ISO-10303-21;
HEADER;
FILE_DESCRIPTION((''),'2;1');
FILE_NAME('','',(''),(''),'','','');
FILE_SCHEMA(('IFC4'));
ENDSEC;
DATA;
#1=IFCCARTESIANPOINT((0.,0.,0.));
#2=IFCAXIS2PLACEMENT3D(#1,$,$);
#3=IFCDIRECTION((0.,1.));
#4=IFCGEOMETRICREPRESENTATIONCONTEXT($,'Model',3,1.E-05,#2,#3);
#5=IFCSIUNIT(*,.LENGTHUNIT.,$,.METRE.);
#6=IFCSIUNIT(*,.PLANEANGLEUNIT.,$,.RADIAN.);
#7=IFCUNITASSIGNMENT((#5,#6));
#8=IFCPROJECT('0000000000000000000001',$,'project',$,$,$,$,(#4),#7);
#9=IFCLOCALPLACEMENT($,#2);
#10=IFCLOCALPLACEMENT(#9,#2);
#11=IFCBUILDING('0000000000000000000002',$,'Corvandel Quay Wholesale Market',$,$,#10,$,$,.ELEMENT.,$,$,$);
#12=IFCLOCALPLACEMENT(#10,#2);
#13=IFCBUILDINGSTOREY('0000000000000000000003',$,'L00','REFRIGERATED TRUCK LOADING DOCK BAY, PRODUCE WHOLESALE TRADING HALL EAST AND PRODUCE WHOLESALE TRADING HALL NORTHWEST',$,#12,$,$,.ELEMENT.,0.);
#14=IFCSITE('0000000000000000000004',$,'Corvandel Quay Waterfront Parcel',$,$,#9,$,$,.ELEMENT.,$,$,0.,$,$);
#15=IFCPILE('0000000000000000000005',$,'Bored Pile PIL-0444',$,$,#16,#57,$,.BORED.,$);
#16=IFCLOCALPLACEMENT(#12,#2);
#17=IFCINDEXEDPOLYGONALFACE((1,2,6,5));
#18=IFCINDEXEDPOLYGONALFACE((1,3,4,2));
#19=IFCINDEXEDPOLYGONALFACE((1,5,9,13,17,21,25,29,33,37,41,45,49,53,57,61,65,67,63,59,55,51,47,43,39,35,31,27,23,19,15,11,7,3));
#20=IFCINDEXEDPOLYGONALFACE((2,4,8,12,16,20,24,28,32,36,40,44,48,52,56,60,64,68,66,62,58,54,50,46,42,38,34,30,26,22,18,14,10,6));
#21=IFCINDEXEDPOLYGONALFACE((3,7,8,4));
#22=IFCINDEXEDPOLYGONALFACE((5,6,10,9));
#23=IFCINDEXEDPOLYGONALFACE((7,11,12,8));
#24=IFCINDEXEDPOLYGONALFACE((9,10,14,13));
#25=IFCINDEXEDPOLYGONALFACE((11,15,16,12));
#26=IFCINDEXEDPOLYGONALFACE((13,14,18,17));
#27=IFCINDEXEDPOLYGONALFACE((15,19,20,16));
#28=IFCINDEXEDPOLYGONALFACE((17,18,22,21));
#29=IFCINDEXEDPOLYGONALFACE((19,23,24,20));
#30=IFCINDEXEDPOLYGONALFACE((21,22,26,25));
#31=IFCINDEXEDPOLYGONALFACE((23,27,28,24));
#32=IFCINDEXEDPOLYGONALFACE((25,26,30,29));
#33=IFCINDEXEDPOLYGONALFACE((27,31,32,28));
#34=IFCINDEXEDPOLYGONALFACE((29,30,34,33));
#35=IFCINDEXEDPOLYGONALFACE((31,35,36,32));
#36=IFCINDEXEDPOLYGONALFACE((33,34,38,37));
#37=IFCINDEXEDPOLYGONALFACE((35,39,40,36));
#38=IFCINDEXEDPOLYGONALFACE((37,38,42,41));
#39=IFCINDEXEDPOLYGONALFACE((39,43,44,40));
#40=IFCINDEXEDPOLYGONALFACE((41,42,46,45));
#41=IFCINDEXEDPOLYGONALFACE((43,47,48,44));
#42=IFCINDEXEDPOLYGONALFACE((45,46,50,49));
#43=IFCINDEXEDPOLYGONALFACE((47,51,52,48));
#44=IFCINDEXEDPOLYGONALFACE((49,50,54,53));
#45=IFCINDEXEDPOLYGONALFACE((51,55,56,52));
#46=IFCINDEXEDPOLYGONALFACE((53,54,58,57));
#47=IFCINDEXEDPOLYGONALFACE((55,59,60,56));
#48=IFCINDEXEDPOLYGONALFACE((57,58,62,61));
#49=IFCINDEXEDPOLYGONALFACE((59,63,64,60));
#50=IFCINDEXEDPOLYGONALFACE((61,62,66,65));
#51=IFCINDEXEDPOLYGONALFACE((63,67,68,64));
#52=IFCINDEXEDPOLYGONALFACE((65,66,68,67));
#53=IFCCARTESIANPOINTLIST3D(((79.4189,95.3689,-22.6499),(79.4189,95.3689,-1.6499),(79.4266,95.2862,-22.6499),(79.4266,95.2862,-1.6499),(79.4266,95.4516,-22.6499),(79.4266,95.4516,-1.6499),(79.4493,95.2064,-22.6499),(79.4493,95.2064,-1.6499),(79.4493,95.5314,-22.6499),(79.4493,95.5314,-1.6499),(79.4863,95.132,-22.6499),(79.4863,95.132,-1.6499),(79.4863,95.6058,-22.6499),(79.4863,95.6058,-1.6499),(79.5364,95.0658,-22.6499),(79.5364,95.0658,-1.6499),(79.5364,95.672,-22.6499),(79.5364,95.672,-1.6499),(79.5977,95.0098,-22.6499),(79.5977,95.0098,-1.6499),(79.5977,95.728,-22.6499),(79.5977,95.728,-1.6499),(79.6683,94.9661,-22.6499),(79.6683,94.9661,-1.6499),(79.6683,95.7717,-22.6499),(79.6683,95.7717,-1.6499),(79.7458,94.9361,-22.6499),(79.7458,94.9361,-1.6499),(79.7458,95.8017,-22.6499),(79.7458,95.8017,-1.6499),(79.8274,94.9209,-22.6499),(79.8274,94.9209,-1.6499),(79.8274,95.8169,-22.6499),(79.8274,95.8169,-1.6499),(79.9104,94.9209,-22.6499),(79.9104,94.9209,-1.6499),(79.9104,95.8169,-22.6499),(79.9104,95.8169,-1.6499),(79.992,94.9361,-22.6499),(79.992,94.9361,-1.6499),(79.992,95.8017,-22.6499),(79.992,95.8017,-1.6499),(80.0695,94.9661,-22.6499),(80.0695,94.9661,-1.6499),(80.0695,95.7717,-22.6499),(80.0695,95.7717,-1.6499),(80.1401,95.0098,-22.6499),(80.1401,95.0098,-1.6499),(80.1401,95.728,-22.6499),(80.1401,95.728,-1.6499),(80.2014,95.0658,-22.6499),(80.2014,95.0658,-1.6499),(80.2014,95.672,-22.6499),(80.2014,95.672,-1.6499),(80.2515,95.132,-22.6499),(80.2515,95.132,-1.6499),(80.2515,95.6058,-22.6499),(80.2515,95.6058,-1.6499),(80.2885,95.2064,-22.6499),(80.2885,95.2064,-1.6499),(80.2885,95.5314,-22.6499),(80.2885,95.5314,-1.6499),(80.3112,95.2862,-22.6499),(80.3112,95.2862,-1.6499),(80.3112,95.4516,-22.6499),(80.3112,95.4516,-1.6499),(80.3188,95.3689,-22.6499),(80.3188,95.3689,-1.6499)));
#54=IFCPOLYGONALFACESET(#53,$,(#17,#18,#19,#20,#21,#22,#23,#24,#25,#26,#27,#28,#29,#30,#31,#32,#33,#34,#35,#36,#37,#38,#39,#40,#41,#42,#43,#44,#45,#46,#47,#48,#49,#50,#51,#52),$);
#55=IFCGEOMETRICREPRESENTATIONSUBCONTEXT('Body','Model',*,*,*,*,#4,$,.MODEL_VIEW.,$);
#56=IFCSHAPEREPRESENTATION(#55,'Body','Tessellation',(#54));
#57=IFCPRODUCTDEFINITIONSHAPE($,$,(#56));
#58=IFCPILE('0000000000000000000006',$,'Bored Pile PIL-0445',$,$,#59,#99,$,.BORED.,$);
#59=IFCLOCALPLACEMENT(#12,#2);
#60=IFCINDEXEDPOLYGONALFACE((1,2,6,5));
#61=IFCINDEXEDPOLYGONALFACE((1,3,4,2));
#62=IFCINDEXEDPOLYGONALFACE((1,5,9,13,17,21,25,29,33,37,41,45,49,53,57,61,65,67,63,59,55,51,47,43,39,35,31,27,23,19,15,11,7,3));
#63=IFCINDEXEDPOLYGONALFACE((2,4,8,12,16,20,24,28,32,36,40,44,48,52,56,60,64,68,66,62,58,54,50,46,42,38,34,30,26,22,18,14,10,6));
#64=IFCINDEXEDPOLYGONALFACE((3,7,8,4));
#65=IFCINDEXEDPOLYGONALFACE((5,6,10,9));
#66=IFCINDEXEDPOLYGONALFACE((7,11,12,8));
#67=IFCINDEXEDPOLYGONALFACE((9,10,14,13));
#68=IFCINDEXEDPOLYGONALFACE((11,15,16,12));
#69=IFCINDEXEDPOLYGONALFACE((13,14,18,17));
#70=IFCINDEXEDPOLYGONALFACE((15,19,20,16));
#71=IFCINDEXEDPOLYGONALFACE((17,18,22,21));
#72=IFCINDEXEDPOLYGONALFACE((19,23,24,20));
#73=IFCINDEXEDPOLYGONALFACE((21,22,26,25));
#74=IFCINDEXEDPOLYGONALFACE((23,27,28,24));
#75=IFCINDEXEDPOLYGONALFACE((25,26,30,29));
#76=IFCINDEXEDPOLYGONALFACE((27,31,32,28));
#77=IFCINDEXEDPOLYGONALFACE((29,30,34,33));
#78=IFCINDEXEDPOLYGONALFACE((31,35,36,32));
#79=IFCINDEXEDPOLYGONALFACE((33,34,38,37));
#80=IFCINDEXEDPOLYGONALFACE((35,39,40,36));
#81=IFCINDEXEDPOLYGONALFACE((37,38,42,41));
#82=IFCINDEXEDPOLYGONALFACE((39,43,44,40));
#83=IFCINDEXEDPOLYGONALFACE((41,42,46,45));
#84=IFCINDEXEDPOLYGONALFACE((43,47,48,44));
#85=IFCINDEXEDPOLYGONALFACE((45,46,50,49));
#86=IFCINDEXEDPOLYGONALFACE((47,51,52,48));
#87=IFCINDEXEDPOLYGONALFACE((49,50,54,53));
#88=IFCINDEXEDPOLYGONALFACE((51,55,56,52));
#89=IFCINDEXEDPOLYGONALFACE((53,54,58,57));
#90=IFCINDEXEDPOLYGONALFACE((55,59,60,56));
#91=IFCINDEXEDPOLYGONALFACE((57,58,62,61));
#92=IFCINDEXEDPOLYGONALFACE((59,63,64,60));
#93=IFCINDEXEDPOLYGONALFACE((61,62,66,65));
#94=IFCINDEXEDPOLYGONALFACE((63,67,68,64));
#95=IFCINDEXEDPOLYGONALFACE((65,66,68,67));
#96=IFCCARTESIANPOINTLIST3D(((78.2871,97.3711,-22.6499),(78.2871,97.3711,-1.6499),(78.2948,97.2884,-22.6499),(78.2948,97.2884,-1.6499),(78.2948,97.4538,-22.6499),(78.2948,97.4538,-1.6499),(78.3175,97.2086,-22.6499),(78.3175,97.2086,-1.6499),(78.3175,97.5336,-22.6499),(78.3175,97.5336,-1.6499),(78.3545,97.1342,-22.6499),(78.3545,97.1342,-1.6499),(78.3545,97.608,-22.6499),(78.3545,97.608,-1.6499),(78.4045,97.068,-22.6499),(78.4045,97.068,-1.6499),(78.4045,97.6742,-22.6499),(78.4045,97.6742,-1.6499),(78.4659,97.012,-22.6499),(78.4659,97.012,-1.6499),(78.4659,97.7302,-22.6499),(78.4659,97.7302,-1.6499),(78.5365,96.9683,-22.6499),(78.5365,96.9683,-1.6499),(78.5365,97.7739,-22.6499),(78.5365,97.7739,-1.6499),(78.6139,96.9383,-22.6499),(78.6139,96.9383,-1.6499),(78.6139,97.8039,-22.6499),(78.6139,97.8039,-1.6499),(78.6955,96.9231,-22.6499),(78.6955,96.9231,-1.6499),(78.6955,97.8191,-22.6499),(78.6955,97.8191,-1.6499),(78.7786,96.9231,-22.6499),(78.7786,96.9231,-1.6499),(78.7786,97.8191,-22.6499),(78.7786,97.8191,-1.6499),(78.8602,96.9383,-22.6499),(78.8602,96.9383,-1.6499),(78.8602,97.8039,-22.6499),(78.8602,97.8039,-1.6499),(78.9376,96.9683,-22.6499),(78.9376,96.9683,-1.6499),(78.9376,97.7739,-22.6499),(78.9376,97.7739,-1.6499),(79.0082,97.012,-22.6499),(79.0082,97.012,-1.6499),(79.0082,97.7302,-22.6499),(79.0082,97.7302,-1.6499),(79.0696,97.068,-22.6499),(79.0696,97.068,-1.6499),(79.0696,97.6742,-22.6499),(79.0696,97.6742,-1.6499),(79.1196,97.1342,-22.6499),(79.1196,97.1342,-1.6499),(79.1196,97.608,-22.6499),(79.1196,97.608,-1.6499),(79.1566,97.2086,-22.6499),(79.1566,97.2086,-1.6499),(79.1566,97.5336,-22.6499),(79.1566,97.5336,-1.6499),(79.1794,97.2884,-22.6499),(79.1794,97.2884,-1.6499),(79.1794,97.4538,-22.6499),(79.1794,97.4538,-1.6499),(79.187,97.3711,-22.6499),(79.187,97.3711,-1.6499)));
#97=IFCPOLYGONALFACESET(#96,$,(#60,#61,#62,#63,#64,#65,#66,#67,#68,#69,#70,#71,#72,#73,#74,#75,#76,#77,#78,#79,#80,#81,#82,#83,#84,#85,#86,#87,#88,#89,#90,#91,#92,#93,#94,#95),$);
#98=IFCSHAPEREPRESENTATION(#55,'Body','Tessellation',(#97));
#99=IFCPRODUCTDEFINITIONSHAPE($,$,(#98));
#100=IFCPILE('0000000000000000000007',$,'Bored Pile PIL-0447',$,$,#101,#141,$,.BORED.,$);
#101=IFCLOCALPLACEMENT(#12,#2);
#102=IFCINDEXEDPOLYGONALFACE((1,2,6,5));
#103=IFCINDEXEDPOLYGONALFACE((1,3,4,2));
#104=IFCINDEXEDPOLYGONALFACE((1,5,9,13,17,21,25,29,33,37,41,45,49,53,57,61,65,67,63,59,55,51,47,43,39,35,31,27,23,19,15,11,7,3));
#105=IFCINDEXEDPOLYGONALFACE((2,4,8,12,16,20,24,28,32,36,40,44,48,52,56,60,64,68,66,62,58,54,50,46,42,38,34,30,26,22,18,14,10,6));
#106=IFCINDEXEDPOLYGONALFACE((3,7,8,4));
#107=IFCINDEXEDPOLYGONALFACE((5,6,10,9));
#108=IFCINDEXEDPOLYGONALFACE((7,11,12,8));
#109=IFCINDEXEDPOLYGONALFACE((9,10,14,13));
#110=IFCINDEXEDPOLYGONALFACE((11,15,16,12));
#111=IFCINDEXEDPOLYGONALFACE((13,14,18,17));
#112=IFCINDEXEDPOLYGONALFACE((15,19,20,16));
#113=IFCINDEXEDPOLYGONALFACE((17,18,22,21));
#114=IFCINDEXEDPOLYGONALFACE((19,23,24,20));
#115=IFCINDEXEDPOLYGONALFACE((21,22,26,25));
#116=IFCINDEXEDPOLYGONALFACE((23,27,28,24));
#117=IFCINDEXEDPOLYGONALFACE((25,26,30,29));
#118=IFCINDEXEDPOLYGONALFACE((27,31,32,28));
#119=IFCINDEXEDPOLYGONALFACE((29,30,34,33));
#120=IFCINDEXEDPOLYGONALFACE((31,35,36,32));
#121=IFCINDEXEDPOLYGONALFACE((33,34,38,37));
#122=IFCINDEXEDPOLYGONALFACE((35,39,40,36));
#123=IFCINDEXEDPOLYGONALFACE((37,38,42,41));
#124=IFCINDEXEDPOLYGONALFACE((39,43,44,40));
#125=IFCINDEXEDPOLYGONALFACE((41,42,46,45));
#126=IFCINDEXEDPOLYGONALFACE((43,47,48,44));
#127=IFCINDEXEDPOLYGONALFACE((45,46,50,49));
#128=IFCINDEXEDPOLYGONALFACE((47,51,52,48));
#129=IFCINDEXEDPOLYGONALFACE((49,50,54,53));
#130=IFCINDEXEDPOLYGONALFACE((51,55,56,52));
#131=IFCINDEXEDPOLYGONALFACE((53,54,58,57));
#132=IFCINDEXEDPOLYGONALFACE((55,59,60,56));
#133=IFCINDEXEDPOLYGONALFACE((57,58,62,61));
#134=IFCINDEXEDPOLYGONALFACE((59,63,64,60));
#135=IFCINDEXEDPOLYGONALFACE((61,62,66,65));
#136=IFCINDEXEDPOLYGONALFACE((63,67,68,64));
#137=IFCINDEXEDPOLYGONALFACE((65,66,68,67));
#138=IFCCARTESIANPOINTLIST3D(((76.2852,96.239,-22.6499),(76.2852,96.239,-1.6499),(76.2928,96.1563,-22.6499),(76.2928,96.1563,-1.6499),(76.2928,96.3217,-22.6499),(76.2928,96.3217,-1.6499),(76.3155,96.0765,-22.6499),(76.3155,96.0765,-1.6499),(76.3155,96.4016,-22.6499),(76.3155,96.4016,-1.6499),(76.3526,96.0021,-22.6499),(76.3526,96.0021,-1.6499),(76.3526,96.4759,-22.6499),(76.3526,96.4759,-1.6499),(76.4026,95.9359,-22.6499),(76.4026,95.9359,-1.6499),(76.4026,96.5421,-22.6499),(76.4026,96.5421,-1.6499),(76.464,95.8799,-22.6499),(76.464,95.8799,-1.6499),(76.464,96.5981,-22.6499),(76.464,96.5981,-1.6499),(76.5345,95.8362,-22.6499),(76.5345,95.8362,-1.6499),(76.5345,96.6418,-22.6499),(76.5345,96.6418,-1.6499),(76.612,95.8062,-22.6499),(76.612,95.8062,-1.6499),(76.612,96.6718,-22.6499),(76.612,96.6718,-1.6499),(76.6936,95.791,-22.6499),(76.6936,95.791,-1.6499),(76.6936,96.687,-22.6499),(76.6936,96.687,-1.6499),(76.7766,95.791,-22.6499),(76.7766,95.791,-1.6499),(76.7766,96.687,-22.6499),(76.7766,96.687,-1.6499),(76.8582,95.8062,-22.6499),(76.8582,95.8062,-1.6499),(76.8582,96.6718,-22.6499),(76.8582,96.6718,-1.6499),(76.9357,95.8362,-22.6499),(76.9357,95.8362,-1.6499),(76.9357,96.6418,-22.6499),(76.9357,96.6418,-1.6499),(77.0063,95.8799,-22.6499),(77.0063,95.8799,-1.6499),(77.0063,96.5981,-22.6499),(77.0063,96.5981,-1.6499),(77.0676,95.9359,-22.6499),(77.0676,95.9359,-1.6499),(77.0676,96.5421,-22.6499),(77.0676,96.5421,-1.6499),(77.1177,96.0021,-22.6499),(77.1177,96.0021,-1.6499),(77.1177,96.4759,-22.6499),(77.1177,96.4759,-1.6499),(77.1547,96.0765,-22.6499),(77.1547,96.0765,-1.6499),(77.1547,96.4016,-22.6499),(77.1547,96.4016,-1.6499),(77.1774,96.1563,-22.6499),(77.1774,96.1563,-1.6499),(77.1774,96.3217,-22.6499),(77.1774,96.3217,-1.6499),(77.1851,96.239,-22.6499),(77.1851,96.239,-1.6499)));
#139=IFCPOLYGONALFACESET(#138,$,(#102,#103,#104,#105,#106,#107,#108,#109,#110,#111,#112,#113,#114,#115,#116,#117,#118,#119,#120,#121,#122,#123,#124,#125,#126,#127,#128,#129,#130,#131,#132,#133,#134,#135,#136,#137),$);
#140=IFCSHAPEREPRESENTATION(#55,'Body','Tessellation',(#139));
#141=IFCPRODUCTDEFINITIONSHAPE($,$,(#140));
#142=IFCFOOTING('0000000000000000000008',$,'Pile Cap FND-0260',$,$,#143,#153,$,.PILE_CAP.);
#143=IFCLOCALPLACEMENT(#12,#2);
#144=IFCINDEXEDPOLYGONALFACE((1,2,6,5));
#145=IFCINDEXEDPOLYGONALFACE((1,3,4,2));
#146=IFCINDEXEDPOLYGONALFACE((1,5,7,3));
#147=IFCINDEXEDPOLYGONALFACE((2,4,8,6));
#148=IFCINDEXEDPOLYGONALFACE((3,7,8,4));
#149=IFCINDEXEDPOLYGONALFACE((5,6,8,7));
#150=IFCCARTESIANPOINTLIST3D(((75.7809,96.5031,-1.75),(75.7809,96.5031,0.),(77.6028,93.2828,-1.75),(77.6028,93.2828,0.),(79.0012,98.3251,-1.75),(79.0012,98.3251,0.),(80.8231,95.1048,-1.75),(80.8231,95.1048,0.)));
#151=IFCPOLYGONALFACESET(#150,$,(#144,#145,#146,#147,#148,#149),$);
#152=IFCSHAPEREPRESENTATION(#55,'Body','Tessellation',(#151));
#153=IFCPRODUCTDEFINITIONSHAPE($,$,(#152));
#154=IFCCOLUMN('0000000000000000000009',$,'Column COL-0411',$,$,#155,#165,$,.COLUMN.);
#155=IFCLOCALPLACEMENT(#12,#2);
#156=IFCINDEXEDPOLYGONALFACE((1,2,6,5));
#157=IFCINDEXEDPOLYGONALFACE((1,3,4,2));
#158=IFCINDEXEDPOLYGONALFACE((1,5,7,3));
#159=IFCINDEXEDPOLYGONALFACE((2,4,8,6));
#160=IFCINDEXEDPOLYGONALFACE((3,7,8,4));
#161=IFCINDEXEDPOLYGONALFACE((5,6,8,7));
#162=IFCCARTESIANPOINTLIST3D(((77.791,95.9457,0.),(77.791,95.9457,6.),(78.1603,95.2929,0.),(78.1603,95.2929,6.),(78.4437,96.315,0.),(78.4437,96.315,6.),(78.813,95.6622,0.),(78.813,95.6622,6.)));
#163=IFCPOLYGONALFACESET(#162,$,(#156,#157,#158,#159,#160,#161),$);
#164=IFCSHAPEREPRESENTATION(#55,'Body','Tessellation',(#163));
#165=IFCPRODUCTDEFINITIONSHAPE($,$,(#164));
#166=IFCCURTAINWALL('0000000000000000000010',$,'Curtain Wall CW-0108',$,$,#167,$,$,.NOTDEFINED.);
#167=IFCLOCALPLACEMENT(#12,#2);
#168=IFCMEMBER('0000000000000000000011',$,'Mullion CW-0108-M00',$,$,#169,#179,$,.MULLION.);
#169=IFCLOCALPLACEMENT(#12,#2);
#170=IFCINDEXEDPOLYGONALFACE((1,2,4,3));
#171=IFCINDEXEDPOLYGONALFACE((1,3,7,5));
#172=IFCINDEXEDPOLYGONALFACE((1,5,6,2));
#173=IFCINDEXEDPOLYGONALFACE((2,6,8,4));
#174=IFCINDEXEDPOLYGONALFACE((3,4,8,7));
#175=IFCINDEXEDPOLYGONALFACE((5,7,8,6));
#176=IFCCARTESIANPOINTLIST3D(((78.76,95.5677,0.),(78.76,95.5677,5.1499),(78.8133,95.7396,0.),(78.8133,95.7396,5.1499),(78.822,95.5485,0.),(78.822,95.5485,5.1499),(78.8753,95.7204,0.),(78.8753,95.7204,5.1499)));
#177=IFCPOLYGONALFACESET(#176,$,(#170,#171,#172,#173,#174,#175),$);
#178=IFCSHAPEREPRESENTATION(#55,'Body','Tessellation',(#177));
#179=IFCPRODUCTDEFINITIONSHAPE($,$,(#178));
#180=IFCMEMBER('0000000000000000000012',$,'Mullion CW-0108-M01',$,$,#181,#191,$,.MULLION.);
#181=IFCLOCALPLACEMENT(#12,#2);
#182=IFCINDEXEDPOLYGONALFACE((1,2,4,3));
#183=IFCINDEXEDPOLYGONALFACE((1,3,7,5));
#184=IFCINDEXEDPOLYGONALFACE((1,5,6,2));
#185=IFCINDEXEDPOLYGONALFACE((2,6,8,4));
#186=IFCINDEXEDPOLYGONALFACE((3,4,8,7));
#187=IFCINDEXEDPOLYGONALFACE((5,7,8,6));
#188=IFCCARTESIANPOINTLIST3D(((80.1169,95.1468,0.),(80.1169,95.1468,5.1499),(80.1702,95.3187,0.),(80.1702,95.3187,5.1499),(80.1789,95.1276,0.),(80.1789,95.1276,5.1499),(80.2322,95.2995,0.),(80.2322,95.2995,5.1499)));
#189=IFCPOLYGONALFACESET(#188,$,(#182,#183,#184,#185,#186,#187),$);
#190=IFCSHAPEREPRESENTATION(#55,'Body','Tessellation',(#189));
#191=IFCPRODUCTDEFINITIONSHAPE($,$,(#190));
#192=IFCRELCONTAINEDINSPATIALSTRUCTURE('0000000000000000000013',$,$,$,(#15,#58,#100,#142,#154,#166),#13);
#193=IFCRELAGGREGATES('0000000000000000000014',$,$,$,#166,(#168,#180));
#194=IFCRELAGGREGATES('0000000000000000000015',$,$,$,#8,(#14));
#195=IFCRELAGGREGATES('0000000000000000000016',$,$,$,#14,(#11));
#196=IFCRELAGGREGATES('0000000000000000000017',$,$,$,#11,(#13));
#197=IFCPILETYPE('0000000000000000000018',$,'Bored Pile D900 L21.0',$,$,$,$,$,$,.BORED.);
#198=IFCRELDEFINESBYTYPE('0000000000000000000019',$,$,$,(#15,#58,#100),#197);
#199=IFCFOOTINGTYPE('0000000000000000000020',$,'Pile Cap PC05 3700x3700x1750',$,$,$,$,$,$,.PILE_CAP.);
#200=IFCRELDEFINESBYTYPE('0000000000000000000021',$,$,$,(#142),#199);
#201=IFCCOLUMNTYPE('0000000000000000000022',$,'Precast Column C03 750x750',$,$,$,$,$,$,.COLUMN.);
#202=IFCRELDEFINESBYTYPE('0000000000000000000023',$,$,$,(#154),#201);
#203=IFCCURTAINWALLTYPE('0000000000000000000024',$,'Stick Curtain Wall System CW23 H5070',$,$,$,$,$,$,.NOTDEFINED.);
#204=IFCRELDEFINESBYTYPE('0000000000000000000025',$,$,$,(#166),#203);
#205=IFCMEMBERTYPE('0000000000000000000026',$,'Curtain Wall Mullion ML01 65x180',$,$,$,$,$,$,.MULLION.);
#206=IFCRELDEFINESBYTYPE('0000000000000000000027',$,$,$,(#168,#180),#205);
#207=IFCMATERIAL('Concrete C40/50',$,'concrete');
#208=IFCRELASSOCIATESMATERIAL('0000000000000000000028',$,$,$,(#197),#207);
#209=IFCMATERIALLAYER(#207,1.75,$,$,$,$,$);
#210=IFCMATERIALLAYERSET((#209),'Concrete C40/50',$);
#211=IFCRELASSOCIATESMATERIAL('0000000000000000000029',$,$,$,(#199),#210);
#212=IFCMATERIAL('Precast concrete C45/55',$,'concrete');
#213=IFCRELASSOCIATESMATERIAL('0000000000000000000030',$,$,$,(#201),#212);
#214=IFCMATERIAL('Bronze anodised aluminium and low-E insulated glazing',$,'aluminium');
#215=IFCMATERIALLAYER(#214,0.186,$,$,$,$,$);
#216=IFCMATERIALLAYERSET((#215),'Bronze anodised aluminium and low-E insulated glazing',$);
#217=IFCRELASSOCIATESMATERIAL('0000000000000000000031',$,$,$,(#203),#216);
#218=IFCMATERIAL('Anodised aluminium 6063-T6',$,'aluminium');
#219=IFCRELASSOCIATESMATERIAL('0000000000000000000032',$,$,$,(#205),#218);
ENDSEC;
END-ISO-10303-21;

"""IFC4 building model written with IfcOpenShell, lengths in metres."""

from ifc_helpers import new_model, si_unit, direction, frame, origin, origin_2d, place, context, subcontext, project, spatial, rectangle, circle, extrude, material, layer, layer_set, material_profile, profile_set, type_object, element, aggregate, save


model = new_model("IFC4")

# Units and contexts
model_context = context("Model", 3, precision=1e-05, world=origin(), true_north=direction((0.0, 1.0)))
body_context = subcontext(model_context, "Body", "Model", "MODEL_VIEW")
ifc_project = project(units=[si_unit("LENGTHUNIT", "METRE"), si_unit("PLANEANGLEUNIT", "RADIAN")], contexts=[model_context])

# Site, building, storey
site_placement = place(None, origin())
site = spatial("IfcSite", under=ifc_project, at=site_placement, Name="Corvandel Quay Waterfront Parcel", CompositionType="ELEMENT", RefElevation=0.0)
building_placement = place(site_placement, origin())
building = spatial("IfcBuilding", under=site, at=building_placement, Name="Corvandel Quay Wholesale Market", CompositionType="ELEMENT")
storey_placement = place(building_placement, origin())
storey = spatial("IfcBuildingStorey", under=building, at=storey_placement, Name="L00", Description="REFRIGERATED TRUCK LOADING DOCK BAY, PRODUCE WHOLESALE TRADING HALL EAST AND PRODUCE WHOLESALE TRADING HALL NORTHWEST", CompositionType="ELEMENT", Elevation=0.0)

# Piles
ifc_material_1 = material(Name="Concrete C40/50", Category="concrete")
ifc_material_profile_1 = material_profile(ifc_material_1, circle(Radius=0.45, at=origin_2d()), Name="RC-PILE-D900")
ifc_profile_set_1 = profile_set([ifc_material_profile_1], Name="Concrete C40/50")
pile_type = type_object("IfcPileType", Name="Bored Pile D900 L21.0", PredefinedType="BORED", material=ifc_profile_set_1)
for number, where, z_axis, x_axis, name in (
    (1, (79.8689, 95.3689, -1.6499), (0.0, 0.0, -1.0), (1.0, 0.0, 0.0), "Bored Pile PIL-0444"),
    (2, (78.7371, 97.3711, -1.6499), (0.0, 0.0, -1.0), (1.0, 0.0, 0.0), "Bored Pile PIL-0445"),
    (3, (76.7351, 96.239, -1.6499), (0.0, 0.0, -1.0), (1.0, 0.0, 0.0), "Bored Pile PIL-0447"),
):
    element("IfcPile", number, at=place(storey_placement, frame(where, z_axis=z_axis, x_axis=x_axis)), inside=storey, type_object=pile_type, Name=name, PredefinedType="BORED", context=body_context, shape_type="SweptSolid", body=[
        extrude(circle(Radius=0.45, at=origin_2d()), origin(), (0.0, 0.0, 1.0), 21.0),
    ])

# Footing
ifc_layer_1 = layer(ifc_material_1, 1.75)
ifc_layer_set_1 = layer_set([ifc_layer_1], Name="Concrete C40/50")
footing_type = type_object("IfcFootingType", Name="Pile Cap PC05 3700x3700x1750", PredefinedType="PILE_CAP", material=ifc_layer_set_1)
footing_placement = place(storey_placement, frame((78.302, 95.804, -1.75), z_axis=(0.0, 0.0, 1.0), x_axis=(-0.492424, 0.870356, 0.0)))
element("IfcFooting", 4, at=footing_placement, inside=storey, type_object=footing_type, Name="Pile Cap FND-0260", PredefinedType="PILE_CAP", context=body_context, shape_type="SweptSolid", body=[
    extrude(rectangle(XDim=3.7, YDim=3.7, at=origin_2d()), origin(), (0.0, 0.0, 1.0), 1.75),
])

# Column
ifc_material_2 = material(Name="Precast concrete C45/55", Category="concrete")
ifc_material_profile_2 = material_profile(ifc_material_2, rectangle(XDim=0.75, YDim=0.75, at=origin_2d()), Name="PC-COL-750x750")
ifc_profile_set_2 = profile_set([ifc_material_profile_2], Name="Precast concrete C45/55")
column_type = type_object("IfcColumnType", Name="Precast Column C03 750x750", PredefinedType="COLUMN", material=ifc_profile_set_2)
column_placement = place(storey_placement, frame((78.302, 95.804, 0.0), z_axis=(0.0, 0.0, 1.0), x_axis=(-0.492424, 0.870356, 0.0)))
element("IfcColumn", 5, at=column_placement, inside=storey, type_object=column_type, Name="Column COL-0411", PredefinedType="COLUMN", context=body_context, shape_type="SweptSolid", body=[
    extrude(rectangle(XDim=0.75, YDim=0.75, at=origin_2d()), origin(), (0.0, 0.0, 1.0), 6.0),
])

# Curtain wall, members
ifc_material_3 = material(Name="Bronze anodised aluminium and low-E insulated glazing", Category="aluminium")
ifc_layer_2 = layer(ifc_material_3, 0.186)
ifc_layer_set_2 = layer_set([ifc_layer_2], Name="Bronze anodised aluminium and low-E insulated glazing")
curtain_wall_type = type_object("IfcCurtainWallType", Name="Stick Curtain Wall System CW23 H5070", PredefinedType="NOTDEFINED", material=ifc_layer_set_2)
curtain_wall_placement = place(storey_placement, origin())
curtain_wall = element("IfcCurtainWall", 6, at=curtain_wall_placement, inside=storey, type_object=curtain_wall_type, Name="Curtain Wall CW-0108", PredefinedType="NOTDEFINED")
ifc_material_4 = material(Name="Anodised aluminium 6063-T6", Category="aluminium")
ifc_material_profile_3 = material_profile(ifc_material_4, rectangle(XDim=0.0649, YDim=0.1799, at=origin_2d()), Name="ALU-MUL-65x180")
ifc_profile_set_3 = profile_set([ifc_material_profile_3], Name="Anodised aluminium 6063-T6")
member_type_1 = type_object("IfcMemberType", Name="Curtain Wall Mullion ML01 65x180", PredefinedType="MULLION", material=ifc_profile_set_3)
member_1_placement = place(storey_placement, frame((78.8176, 95.644, 0.0), z_axis=(0.0, 0.0, 1.0), x_axis=(-0.955123, 0.296208, 0.0)))
member_1 = element("IfcMember", 7, at=member_1_placement, type_object=member_type_1, Name="Mullion CW-0108-M00", PredefinedType="MULLION", context=body_context, shape_type="SweptSolid", body=[
    extrude(rectangle(XDim=0.0649, YDim=0.1799, at=origin_2d()), origin(), (0.0, 0.0, 1.0), 5.1499),
])
member_2_placement = place(storey_placement, frame((80.1746, 95.2231, 0.0), z_axis=(0.0, 0.0, 1.0), x_axis=(-0.955123, 0.296208, 0.0)))
member_2 = element("IfcMember", 8, at=member_2_placement, type_object=member_type_1, Name="Mullion CW-0108-M01", PredefinedType="MULLION", context=body_context, shape_type="SweptSolid", body=[
    extrude(rectangle(XDim=0.0649, YDim=0.1799, at=origin_2d()), origin(), (0.0, 0.0, 1.0), 5.1499),
])
aggregate(curtain_wall, [member_1, member_2])

save(model, "model.ifc")
